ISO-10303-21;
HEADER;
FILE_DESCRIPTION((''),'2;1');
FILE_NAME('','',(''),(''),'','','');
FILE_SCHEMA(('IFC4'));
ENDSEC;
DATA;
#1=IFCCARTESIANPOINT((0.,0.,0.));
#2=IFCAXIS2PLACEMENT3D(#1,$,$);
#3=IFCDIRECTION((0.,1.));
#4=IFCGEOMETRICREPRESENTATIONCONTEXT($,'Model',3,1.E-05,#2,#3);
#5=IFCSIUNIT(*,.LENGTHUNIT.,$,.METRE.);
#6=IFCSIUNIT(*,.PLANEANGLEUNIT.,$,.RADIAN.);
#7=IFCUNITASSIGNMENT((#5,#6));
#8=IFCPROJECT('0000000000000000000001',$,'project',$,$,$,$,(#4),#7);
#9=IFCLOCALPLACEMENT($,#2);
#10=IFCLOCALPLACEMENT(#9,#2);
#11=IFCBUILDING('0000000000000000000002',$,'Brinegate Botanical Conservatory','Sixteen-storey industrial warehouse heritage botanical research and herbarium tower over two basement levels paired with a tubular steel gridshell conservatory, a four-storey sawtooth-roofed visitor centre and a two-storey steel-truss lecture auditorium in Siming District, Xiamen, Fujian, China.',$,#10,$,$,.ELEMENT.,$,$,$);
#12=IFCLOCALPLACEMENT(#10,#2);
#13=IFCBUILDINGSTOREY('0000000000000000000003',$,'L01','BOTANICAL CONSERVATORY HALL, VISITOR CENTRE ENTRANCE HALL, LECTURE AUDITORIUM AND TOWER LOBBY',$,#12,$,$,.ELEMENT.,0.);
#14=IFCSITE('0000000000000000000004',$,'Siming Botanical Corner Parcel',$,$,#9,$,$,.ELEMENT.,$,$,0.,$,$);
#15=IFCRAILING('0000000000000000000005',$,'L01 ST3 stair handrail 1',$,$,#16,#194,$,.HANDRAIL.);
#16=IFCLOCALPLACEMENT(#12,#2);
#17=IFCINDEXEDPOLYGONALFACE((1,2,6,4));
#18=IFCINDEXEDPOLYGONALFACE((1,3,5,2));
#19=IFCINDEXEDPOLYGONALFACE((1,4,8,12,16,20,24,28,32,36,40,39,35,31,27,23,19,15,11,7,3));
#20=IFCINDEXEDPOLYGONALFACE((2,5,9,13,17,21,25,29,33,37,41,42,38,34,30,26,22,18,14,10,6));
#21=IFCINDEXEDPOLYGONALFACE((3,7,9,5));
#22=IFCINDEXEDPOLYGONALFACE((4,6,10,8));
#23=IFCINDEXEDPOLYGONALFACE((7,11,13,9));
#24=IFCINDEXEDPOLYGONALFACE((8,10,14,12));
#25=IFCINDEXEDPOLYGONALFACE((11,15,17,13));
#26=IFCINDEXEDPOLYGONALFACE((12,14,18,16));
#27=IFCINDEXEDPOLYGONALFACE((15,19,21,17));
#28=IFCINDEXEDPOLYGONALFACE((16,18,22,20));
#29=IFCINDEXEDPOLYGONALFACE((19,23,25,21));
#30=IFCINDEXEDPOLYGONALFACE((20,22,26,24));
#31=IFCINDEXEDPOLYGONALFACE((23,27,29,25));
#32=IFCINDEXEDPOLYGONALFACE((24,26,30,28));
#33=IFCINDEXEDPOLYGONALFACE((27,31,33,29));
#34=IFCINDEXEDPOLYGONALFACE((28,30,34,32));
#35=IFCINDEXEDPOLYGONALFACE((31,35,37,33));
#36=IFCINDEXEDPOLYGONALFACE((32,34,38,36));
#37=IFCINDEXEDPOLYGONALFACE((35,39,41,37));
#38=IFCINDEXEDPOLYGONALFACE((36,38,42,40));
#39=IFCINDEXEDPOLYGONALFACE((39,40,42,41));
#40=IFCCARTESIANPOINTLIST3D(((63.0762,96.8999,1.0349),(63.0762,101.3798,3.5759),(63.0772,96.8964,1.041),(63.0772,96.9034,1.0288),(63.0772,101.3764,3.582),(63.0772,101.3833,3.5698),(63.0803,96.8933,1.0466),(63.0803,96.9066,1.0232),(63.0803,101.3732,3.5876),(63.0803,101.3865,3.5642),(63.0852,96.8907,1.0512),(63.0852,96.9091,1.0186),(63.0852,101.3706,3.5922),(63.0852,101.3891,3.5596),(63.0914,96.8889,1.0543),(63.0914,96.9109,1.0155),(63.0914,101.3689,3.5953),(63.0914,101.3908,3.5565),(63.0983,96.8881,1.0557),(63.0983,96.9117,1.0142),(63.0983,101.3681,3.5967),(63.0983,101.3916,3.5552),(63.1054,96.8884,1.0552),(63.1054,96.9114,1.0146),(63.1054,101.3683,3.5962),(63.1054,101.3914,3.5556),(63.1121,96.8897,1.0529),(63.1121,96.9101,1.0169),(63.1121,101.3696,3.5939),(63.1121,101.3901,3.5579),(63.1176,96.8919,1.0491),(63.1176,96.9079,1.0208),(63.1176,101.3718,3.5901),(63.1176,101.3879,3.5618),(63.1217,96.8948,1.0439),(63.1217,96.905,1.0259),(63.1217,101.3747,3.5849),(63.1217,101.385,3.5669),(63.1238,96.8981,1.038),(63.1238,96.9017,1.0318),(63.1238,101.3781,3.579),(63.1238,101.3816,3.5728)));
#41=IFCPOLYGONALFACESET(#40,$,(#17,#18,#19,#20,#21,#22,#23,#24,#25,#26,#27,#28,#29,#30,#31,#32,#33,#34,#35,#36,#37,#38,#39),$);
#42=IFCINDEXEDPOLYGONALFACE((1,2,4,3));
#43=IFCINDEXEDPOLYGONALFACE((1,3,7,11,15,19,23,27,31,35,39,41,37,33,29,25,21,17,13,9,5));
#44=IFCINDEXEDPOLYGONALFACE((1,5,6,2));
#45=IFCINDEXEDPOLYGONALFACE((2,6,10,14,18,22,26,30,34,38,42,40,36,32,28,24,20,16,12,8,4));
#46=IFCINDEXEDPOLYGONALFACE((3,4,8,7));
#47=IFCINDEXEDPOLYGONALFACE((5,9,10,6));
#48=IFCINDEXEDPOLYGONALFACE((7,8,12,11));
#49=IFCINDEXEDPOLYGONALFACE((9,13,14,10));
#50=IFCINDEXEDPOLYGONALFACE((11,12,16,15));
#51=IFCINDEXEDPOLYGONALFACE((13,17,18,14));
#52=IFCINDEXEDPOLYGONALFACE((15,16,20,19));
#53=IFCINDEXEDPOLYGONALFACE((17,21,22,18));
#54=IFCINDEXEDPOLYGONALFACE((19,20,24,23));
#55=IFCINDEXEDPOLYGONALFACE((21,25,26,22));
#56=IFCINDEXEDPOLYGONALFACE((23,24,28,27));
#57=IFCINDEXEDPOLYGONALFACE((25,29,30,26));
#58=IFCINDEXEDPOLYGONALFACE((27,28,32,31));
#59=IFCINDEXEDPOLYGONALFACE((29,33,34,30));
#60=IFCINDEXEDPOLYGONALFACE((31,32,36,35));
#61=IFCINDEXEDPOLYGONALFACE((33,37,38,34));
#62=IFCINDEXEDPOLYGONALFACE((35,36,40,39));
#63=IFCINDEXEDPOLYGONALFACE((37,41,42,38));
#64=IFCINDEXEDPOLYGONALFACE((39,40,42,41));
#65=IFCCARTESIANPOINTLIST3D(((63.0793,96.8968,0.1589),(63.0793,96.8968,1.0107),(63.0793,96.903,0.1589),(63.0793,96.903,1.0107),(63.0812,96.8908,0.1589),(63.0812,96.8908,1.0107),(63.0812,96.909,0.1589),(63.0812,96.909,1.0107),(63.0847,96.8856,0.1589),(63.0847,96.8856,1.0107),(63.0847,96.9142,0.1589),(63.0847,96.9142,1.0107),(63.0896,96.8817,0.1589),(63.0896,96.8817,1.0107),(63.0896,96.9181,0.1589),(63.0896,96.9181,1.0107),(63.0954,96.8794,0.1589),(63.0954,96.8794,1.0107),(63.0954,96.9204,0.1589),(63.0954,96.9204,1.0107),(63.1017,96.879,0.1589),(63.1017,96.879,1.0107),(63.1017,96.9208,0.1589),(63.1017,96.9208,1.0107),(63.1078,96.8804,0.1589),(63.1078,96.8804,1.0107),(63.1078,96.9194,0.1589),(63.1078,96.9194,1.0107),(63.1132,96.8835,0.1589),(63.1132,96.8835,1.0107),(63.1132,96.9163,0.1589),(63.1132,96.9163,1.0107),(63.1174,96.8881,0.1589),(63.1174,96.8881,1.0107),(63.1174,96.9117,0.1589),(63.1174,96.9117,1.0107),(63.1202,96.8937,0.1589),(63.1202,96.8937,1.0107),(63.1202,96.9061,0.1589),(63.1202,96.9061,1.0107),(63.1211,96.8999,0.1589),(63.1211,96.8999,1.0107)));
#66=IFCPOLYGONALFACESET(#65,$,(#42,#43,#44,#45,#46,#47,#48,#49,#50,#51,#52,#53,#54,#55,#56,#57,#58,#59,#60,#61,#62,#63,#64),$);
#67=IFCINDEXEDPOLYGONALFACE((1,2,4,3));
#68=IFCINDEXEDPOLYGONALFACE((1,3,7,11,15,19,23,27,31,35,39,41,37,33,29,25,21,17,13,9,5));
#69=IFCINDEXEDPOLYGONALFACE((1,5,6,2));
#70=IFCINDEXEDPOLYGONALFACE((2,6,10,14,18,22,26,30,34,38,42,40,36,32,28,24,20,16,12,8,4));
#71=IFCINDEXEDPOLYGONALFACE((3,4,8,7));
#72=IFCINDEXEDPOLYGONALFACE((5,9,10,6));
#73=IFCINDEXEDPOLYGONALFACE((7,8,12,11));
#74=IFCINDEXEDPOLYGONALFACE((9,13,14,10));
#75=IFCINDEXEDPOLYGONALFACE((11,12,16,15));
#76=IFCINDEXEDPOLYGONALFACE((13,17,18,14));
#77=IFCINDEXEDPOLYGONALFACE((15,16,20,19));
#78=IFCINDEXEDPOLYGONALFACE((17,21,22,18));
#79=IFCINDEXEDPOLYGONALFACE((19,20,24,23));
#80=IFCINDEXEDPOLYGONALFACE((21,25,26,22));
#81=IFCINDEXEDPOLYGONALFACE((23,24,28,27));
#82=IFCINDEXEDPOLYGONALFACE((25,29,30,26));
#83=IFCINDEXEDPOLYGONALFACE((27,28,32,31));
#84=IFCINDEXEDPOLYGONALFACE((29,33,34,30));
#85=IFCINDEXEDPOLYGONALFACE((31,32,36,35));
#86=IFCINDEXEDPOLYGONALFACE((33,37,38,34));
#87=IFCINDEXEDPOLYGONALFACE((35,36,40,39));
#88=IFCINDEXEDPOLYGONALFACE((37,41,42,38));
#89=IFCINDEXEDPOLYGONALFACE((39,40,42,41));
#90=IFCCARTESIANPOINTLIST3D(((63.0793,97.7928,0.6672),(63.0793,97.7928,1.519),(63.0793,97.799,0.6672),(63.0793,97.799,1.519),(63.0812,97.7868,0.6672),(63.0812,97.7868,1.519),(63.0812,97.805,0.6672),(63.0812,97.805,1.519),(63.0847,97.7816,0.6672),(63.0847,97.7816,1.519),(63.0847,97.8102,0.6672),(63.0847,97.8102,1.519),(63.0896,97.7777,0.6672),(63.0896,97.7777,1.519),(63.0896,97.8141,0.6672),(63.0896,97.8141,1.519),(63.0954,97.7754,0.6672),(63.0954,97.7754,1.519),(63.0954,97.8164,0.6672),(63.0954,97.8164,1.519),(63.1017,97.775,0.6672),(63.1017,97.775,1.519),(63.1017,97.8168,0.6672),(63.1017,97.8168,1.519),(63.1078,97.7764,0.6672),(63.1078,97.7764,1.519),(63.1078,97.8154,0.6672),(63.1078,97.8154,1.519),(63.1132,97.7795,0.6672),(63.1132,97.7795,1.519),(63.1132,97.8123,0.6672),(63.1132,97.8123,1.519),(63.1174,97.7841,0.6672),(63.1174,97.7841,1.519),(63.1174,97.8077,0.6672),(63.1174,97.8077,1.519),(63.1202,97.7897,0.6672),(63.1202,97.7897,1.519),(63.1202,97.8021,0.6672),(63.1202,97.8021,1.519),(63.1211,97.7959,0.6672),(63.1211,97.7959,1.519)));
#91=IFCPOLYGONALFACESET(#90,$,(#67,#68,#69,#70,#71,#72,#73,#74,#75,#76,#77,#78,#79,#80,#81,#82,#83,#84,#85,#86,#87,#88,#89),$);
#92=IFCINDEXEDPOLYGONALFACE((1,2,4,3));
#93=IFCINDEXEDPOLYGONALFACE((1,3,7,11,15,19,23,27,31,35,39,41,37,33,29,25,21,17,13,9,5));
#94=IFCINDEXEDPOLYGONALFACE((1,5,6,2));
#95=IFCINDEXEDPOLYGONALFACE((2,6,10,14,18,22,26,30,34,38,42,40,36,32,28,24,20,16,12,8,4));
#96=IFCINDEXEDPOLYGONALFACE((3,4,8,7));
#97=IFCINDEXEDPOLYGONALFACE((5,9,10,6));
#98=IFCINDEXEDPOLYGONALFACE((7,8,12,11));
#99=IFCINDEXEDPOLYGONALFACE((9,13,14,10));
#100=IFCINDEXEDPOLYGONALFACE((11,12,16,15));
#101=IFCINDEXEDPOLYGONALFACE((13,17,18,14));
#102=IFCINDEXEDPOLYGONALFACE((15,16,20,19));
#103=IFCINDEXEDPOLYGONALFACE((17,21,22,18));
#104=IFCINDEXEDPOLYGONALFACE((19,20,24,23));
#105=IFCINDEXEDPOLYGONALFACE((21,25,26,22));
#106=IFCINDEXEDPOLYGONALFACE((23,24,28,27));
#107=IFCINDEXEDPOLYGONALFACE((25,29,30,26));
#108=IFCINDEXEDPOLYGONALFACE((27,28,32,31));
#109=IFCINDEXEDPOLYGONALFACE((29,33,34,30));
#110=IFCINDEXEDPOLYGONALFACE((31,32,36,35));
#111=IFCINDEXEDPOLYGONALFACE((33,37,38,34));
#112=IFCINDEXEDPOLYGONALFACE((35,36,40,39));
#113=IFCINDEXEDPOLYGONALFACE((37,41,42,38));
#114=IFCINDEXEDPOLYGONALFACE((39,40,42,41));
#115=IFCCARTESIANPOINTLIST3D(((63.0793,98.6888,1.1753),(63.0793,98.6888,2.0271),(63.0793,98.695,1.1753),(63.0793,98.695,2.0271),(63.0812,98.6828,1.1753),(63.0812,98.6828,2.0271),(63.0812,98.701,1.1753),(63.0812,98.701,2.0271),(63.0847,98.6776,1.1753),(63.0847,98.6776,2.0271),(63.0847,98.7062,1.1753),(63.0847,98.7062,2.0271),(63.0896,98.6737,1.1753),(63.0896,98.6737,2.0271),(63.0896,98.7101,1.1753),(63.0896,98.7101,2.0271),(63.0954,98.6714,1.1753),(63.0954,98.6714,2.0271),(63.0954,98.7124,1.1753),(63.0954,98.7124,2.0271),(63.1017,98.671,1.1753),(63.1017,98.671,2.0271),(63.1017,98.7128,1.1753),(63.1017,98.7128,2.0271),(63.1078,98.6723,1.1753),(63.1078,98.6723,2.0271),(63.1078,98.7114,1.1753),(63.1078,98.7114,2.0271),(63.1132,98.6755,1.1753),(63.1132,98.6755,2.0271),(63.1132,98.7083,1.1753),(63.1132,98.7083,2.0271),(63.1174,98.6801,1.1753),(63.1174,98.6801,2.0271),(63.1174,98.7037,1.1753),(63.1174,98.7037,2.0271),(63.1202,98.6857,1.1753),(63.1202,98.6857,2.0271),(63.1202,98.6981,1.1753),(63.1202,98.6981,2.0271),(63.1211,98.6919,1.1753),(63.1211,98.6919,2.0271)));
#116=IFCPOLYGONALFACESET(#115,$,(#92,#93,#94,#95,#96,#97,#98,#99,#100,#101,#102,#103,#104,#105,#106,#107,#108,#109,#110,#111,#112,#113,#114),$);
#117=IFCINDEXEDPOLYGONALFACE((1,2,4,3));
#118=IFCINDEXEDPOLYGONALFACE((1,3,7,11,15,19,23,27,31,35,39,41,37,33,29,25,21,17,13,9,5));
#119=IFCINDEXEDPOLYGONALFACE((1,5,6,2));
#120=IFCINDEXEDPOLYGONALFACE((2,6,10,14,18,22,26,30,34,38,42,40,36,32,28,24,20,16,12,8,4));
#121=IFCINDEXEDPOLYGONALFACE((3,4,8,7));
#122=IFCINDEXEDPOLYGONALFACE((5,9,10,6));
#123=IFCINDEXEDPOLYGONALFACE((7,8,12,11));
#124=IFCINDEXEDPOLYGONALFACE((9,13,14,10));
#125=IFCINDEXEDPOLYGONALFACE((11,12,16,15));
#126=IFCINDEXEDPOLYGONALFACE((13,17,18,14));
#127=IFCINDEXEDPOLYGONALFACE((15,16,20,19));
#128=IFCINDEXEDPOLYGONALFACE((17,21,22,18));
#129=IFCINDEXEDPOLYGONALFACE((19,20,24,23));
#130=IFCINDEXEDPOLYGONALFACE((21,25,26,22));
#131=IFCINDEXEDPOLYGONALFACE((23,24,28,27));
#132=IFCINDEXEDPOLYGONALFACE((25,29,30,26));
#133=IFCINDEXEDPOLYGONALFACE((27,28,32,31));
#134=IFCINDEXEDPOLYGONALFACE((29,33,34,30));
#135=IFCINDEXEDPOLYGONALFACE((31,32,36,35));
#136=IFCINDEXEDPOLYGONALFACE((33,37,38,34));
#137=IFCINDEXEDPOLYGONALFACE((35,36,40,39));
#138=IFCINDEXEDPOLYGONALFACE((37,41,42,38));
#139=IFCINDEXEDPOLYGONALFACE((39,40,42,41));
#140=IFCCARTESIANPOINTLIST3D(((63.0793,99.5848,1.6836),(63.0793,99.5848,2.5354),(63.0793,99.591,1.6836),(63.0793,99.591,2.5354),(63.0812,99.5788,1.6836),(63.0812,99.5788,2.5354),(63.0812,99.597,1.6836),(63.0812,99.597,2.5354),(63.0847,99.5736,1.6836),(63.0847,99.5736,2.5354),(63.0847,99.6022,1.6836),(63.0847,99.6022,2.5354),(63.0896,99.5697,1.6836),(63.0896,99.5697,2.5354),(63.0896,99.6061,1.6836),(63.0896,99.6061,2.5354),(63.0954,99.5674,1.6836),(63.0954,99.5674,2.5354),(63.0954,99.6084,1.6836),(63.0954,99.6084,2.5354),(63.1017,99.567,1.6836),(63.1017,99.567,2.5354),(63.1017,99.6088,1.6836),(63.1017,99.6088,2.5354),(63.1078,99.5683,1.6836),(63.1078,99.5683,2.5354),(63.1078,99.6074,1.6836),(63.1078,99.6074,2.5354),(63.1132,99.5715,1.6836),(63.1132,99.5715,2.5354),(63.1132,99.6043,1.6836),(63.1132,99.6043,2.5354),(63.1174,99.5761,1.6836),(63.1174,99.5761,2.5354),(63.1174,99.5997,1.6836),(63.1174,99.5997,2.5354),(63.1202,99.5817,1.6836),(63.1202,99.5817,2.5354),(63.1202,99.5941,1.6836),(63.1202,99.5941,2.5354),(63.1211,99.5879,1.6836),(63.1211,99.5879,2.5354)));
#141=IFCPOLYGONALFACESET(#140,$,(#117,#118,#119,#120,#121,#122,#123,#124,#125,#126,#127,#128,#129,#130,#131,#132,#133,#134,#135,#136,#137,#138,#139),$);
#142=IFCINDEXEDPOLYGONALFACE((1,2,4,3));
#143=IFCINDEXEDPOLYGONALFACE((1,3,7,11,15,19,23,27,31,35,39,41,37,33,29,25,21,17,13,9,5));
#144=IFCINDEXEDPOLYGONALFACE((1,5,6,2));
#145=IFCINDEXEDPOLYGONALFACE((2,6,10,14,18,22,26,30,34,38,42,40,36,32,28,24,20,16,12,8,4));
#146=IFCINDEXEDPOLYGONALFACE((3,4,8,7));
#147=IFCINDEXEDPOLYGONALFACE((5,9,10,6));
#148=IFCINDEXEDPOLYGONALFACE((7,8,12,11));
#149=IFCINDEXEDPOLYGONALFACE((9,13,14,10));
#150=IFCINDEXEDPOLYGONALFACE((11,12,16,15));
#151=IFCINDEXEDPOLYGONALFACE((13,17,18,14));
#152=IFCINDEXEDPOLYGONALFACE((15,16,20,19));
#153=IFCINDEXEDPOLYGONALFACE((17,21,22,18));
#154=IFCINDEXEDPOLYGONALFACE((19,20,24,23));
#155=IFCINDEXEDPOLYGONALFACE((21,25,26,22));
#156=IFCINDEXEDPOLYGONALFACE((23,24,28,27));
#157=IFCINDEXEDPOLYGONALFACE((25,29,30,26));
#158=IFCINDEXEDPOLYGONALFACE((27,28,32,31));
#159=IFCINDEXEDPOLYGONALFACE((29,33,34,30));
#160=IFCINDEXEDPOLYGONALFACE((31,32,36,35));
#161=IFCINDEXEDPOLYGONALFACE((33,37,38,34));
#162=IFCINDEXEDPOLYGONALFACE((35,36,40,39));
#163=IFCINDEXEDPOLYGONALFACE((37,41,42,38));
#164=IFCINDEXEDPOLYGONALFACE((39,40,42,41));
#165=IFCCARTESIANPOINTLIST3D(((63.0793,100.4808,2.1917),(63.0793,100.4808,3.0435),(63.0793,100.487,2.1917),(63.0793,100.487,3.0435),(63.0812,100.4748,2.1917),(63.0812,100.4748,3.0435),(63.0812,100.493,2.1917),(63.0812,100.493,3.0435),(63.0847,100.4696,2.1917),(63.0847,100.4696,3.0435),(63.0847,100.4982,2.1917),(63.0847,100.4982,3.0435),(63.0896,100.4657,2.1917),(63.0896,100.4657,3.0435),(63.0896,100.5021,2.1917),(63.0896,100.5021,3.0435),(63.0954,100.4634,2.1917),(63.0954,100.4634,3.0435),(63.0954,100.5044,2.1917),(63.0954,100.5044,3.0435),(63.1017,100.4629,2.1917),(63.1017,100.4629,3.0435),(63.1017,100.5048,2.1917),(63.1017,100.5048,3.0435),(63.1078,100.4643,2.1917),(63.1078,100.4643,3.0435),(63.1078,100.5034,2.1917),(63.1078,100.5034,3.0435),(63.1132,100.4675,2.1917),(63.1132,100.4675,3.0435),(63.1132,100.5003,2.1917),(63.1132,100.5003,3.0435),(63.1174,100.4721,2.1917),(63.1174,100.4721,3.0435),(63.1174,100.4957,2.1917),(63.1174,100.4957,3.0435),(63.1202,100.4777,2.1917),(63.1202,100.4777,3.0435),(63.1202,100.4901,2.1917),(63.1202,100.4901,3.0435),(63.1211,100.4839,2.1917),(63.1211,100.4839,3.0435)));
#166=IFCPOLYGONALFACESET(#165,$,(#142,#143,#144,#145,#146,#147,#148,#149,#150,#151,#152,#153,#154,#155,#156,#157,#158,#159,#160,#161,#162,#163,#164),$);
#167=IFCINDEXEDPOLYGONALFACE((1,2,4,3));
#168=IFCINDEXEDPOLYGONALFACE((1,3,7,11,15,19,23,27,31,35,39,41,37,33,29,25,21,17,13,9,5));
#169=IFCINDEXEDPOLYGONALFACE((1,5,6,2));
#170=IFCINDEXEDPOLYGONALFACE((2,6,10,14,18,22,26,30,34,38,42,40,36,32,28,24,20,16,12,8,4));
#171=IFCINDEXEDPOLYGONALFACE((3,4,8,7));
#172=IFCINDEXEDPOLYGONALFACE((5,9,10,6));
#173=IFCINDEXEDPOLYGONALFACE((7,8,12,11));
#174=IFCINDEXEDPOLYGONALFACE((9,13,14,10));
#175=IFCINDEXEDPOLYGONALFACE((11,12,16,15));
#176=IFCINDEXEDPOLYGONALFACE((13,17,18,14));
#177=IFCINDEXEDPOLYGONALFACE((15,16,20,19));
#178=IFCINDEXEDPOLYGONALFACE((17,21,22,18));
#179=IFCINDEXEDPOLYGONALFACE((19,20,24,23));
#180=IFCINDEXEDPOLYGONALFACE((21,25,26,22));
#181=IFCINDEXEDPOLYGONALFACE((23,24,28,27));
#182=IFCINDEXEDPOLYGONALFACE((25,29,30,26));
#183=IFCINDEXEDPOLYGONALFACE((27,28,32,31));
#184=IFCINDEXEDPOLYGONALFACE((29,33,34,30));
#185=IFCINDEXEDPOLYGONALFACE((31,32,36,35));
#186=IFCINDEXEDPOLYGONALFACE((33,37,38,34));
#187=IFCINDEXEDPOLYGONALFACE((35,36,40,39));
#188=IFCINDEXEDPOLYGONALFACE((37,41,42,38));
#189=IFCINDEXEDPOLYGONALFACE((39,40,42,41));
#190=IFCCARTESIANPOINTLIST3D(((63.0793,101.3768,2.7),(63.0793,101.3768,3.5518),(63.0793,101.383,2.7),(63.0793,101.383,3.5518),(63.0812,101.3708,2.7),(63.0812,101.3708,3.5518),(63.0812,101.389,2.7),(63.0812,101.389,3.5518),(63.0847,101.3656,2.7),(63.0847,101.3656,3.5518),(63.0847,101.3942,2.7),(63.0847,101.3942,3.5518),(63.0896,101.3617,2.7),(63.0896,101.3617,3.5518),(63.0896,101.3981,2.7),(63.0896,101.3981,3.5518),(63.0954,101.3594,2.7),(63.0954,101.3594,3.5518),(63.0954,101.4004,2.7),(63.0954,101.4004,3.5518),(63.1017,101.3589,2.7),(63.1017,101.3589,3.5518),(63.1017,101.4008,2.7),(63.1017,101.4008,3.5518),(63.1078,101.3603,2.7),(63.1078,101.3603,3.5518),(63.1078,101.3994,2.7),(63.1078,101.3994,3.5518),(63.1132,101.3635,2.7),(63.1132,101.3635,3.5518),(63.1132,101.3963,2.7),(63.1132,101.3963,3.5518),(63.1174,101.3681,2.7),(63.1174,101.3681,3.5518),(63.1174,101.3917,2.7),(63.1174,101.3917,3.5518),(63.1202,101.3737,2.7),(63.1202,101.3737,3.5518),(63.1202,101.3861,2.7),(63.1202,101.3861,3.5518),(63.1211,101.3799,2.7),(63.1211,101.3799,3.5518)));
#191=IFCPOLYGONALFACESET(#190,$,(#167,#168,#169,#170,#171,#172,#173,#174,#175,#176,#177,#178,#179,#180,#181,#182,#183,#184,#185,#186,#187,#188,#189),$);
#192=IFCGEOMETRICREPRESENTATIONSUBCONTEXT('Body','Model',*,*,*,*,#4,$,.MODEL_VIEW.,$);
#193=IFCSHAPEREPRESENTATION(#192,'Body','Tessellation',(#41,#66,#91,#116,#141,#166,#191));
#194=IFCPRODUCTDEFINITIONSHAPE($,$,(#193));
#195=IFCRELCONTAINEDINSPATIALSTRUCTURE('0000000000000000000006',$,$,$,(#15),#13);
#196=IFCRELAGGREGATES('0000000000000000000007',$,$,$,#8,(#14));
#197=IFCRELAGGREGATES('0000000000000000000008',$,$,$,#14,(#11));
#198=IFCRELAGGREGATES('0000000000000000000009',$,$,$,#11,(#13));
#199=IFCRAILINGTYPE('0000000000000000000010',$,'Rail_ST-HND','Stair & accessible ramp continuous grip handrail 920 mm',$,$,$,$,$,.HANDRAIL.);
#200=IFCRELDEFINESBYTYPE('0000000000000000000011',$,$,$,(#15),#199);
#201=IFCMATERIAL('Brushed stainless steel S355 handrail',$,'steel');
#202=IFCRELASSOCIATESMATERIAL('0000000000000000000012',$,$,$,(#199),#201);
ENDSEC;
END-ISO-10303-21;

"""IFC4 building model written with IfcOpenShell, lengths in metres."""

from ifc_helpers import new_model, si_unit, direction, frame, origin, origin_2d, place, context, subcontext, project, spatial, circle, extrude, material, type_object, element, save


model = new_model("IFC4")

# Units and contexts
model_context = context("Model", 3, precision=1e-05, world=origin(), true_north=direction((0.0, 1.0)))
body_context = subcontext(model_context, "Body", "Model", "MODEL_VIEW")
ifc_project = project(units=[si_unit("LENGTHUNIT", "METRE"), si_unit("PLANEANGLEUNIT", "RADIAN")], contexts=[model_context])

# Site, building, storey
site_placement = place(None, origin())
site = spatial("IfcSite", under=ifc_project, at=site_placement, Name="Siming Botanical Corner Parcel", CompositionType="ELEMENT", RefElevation=0.0)
building_placement = place(site_placement, origin())
building = spatial("IfcBuilding", under=site, at=building_placement, Name="Brinegate Botanical Conservatory", Description="Sixteen-storey industrial warehouse heritage botanical research and herbarium tower over two basement levels paired with a tubular steel gridshell conservatory, a four-storey sawtooth-roofed visitor centre and a two-storey steel-truss lecture auditorium in Siming District, Xiamen, Fujian, China.", CompositionType="ELEMENT")
storey_placement = place(building_placement, origin())
storey = spatial("IfcBuildingStorey", under=building, at=storey_placement, Name="L01", Description="BOTANICAL CONSERVATORY HALL, VISITOR CENTRE ENTRANCE HALL, LECTURE AUDITORIUM AND TOWER LOBBY", CompositionType="ELEMENT", Elevation=0.0)

# Railing
ifc_material_1 = material(Name="Brushed stainless steel S355 handrail", Category="steel")
railing_type_1 = type_object("IfcRailingType", Name="Rail_ST-HND", Description="Stair & accessible ramp continuous grip handrail 920 mm", PredefinedType="HANDRAIL", material=ifc_material_1)
railing_1_placement = place(storey_placement, frame((63.1001, 96.8999, 0.1589)))
element("IfcRailing", 1, at=railing_1_placement, inside=storey, type_object=railing_type_1, Name="L01 ST3 stair handrail 1", PredefinedType="HANDRAIL", context=body_context, shape_type="SweptSolid", body=[
    extrude(circle(Radius=0.0239, at=origin_2d()), frame((0.0, 0.0, 0.876), z_axis=(0.0, 0.869826, 0.493359), x_axis=(-1.0, 0.0, 0.0)), (0.0, 0.0, 1.0), 5.1504),
    extrude(circle(Radius=0.021, at=origin_2d()), origin(), (0.0, 0.0, 1.0), 0.8518),
    extrude(circle(Radius=0.021, at=origin_2d()), frame((0.0, 0.896, 0.5083)), (0.0, 0.0, 1.0), 0.8518),
    extrude(circle(Radius=0.021, at=origin_2d()), frame((0.0, 1.792, 1.0164)), (0.0, 0.0, 1.0), 0.8518),
    extrude(circle(Radius=0.021, at=origin_2d()), frame((0.0, 2.688, 1.5247)), (0.0, 0.0, 1.0), 0.8518),
    extrude(circle(Radius=0.021, at=origin_2d()), frame((0.0, 3.584, 2.0327)), (0.0, 0.0, 1.0), 0.8518),
    extrude(circle(Radius=0.021, at=origin_2d()), frame((0.0, 4.48, 2.541)), (0.0, 0.0, 1.0), 0.8518),
])

save(model, "model.ifc")
